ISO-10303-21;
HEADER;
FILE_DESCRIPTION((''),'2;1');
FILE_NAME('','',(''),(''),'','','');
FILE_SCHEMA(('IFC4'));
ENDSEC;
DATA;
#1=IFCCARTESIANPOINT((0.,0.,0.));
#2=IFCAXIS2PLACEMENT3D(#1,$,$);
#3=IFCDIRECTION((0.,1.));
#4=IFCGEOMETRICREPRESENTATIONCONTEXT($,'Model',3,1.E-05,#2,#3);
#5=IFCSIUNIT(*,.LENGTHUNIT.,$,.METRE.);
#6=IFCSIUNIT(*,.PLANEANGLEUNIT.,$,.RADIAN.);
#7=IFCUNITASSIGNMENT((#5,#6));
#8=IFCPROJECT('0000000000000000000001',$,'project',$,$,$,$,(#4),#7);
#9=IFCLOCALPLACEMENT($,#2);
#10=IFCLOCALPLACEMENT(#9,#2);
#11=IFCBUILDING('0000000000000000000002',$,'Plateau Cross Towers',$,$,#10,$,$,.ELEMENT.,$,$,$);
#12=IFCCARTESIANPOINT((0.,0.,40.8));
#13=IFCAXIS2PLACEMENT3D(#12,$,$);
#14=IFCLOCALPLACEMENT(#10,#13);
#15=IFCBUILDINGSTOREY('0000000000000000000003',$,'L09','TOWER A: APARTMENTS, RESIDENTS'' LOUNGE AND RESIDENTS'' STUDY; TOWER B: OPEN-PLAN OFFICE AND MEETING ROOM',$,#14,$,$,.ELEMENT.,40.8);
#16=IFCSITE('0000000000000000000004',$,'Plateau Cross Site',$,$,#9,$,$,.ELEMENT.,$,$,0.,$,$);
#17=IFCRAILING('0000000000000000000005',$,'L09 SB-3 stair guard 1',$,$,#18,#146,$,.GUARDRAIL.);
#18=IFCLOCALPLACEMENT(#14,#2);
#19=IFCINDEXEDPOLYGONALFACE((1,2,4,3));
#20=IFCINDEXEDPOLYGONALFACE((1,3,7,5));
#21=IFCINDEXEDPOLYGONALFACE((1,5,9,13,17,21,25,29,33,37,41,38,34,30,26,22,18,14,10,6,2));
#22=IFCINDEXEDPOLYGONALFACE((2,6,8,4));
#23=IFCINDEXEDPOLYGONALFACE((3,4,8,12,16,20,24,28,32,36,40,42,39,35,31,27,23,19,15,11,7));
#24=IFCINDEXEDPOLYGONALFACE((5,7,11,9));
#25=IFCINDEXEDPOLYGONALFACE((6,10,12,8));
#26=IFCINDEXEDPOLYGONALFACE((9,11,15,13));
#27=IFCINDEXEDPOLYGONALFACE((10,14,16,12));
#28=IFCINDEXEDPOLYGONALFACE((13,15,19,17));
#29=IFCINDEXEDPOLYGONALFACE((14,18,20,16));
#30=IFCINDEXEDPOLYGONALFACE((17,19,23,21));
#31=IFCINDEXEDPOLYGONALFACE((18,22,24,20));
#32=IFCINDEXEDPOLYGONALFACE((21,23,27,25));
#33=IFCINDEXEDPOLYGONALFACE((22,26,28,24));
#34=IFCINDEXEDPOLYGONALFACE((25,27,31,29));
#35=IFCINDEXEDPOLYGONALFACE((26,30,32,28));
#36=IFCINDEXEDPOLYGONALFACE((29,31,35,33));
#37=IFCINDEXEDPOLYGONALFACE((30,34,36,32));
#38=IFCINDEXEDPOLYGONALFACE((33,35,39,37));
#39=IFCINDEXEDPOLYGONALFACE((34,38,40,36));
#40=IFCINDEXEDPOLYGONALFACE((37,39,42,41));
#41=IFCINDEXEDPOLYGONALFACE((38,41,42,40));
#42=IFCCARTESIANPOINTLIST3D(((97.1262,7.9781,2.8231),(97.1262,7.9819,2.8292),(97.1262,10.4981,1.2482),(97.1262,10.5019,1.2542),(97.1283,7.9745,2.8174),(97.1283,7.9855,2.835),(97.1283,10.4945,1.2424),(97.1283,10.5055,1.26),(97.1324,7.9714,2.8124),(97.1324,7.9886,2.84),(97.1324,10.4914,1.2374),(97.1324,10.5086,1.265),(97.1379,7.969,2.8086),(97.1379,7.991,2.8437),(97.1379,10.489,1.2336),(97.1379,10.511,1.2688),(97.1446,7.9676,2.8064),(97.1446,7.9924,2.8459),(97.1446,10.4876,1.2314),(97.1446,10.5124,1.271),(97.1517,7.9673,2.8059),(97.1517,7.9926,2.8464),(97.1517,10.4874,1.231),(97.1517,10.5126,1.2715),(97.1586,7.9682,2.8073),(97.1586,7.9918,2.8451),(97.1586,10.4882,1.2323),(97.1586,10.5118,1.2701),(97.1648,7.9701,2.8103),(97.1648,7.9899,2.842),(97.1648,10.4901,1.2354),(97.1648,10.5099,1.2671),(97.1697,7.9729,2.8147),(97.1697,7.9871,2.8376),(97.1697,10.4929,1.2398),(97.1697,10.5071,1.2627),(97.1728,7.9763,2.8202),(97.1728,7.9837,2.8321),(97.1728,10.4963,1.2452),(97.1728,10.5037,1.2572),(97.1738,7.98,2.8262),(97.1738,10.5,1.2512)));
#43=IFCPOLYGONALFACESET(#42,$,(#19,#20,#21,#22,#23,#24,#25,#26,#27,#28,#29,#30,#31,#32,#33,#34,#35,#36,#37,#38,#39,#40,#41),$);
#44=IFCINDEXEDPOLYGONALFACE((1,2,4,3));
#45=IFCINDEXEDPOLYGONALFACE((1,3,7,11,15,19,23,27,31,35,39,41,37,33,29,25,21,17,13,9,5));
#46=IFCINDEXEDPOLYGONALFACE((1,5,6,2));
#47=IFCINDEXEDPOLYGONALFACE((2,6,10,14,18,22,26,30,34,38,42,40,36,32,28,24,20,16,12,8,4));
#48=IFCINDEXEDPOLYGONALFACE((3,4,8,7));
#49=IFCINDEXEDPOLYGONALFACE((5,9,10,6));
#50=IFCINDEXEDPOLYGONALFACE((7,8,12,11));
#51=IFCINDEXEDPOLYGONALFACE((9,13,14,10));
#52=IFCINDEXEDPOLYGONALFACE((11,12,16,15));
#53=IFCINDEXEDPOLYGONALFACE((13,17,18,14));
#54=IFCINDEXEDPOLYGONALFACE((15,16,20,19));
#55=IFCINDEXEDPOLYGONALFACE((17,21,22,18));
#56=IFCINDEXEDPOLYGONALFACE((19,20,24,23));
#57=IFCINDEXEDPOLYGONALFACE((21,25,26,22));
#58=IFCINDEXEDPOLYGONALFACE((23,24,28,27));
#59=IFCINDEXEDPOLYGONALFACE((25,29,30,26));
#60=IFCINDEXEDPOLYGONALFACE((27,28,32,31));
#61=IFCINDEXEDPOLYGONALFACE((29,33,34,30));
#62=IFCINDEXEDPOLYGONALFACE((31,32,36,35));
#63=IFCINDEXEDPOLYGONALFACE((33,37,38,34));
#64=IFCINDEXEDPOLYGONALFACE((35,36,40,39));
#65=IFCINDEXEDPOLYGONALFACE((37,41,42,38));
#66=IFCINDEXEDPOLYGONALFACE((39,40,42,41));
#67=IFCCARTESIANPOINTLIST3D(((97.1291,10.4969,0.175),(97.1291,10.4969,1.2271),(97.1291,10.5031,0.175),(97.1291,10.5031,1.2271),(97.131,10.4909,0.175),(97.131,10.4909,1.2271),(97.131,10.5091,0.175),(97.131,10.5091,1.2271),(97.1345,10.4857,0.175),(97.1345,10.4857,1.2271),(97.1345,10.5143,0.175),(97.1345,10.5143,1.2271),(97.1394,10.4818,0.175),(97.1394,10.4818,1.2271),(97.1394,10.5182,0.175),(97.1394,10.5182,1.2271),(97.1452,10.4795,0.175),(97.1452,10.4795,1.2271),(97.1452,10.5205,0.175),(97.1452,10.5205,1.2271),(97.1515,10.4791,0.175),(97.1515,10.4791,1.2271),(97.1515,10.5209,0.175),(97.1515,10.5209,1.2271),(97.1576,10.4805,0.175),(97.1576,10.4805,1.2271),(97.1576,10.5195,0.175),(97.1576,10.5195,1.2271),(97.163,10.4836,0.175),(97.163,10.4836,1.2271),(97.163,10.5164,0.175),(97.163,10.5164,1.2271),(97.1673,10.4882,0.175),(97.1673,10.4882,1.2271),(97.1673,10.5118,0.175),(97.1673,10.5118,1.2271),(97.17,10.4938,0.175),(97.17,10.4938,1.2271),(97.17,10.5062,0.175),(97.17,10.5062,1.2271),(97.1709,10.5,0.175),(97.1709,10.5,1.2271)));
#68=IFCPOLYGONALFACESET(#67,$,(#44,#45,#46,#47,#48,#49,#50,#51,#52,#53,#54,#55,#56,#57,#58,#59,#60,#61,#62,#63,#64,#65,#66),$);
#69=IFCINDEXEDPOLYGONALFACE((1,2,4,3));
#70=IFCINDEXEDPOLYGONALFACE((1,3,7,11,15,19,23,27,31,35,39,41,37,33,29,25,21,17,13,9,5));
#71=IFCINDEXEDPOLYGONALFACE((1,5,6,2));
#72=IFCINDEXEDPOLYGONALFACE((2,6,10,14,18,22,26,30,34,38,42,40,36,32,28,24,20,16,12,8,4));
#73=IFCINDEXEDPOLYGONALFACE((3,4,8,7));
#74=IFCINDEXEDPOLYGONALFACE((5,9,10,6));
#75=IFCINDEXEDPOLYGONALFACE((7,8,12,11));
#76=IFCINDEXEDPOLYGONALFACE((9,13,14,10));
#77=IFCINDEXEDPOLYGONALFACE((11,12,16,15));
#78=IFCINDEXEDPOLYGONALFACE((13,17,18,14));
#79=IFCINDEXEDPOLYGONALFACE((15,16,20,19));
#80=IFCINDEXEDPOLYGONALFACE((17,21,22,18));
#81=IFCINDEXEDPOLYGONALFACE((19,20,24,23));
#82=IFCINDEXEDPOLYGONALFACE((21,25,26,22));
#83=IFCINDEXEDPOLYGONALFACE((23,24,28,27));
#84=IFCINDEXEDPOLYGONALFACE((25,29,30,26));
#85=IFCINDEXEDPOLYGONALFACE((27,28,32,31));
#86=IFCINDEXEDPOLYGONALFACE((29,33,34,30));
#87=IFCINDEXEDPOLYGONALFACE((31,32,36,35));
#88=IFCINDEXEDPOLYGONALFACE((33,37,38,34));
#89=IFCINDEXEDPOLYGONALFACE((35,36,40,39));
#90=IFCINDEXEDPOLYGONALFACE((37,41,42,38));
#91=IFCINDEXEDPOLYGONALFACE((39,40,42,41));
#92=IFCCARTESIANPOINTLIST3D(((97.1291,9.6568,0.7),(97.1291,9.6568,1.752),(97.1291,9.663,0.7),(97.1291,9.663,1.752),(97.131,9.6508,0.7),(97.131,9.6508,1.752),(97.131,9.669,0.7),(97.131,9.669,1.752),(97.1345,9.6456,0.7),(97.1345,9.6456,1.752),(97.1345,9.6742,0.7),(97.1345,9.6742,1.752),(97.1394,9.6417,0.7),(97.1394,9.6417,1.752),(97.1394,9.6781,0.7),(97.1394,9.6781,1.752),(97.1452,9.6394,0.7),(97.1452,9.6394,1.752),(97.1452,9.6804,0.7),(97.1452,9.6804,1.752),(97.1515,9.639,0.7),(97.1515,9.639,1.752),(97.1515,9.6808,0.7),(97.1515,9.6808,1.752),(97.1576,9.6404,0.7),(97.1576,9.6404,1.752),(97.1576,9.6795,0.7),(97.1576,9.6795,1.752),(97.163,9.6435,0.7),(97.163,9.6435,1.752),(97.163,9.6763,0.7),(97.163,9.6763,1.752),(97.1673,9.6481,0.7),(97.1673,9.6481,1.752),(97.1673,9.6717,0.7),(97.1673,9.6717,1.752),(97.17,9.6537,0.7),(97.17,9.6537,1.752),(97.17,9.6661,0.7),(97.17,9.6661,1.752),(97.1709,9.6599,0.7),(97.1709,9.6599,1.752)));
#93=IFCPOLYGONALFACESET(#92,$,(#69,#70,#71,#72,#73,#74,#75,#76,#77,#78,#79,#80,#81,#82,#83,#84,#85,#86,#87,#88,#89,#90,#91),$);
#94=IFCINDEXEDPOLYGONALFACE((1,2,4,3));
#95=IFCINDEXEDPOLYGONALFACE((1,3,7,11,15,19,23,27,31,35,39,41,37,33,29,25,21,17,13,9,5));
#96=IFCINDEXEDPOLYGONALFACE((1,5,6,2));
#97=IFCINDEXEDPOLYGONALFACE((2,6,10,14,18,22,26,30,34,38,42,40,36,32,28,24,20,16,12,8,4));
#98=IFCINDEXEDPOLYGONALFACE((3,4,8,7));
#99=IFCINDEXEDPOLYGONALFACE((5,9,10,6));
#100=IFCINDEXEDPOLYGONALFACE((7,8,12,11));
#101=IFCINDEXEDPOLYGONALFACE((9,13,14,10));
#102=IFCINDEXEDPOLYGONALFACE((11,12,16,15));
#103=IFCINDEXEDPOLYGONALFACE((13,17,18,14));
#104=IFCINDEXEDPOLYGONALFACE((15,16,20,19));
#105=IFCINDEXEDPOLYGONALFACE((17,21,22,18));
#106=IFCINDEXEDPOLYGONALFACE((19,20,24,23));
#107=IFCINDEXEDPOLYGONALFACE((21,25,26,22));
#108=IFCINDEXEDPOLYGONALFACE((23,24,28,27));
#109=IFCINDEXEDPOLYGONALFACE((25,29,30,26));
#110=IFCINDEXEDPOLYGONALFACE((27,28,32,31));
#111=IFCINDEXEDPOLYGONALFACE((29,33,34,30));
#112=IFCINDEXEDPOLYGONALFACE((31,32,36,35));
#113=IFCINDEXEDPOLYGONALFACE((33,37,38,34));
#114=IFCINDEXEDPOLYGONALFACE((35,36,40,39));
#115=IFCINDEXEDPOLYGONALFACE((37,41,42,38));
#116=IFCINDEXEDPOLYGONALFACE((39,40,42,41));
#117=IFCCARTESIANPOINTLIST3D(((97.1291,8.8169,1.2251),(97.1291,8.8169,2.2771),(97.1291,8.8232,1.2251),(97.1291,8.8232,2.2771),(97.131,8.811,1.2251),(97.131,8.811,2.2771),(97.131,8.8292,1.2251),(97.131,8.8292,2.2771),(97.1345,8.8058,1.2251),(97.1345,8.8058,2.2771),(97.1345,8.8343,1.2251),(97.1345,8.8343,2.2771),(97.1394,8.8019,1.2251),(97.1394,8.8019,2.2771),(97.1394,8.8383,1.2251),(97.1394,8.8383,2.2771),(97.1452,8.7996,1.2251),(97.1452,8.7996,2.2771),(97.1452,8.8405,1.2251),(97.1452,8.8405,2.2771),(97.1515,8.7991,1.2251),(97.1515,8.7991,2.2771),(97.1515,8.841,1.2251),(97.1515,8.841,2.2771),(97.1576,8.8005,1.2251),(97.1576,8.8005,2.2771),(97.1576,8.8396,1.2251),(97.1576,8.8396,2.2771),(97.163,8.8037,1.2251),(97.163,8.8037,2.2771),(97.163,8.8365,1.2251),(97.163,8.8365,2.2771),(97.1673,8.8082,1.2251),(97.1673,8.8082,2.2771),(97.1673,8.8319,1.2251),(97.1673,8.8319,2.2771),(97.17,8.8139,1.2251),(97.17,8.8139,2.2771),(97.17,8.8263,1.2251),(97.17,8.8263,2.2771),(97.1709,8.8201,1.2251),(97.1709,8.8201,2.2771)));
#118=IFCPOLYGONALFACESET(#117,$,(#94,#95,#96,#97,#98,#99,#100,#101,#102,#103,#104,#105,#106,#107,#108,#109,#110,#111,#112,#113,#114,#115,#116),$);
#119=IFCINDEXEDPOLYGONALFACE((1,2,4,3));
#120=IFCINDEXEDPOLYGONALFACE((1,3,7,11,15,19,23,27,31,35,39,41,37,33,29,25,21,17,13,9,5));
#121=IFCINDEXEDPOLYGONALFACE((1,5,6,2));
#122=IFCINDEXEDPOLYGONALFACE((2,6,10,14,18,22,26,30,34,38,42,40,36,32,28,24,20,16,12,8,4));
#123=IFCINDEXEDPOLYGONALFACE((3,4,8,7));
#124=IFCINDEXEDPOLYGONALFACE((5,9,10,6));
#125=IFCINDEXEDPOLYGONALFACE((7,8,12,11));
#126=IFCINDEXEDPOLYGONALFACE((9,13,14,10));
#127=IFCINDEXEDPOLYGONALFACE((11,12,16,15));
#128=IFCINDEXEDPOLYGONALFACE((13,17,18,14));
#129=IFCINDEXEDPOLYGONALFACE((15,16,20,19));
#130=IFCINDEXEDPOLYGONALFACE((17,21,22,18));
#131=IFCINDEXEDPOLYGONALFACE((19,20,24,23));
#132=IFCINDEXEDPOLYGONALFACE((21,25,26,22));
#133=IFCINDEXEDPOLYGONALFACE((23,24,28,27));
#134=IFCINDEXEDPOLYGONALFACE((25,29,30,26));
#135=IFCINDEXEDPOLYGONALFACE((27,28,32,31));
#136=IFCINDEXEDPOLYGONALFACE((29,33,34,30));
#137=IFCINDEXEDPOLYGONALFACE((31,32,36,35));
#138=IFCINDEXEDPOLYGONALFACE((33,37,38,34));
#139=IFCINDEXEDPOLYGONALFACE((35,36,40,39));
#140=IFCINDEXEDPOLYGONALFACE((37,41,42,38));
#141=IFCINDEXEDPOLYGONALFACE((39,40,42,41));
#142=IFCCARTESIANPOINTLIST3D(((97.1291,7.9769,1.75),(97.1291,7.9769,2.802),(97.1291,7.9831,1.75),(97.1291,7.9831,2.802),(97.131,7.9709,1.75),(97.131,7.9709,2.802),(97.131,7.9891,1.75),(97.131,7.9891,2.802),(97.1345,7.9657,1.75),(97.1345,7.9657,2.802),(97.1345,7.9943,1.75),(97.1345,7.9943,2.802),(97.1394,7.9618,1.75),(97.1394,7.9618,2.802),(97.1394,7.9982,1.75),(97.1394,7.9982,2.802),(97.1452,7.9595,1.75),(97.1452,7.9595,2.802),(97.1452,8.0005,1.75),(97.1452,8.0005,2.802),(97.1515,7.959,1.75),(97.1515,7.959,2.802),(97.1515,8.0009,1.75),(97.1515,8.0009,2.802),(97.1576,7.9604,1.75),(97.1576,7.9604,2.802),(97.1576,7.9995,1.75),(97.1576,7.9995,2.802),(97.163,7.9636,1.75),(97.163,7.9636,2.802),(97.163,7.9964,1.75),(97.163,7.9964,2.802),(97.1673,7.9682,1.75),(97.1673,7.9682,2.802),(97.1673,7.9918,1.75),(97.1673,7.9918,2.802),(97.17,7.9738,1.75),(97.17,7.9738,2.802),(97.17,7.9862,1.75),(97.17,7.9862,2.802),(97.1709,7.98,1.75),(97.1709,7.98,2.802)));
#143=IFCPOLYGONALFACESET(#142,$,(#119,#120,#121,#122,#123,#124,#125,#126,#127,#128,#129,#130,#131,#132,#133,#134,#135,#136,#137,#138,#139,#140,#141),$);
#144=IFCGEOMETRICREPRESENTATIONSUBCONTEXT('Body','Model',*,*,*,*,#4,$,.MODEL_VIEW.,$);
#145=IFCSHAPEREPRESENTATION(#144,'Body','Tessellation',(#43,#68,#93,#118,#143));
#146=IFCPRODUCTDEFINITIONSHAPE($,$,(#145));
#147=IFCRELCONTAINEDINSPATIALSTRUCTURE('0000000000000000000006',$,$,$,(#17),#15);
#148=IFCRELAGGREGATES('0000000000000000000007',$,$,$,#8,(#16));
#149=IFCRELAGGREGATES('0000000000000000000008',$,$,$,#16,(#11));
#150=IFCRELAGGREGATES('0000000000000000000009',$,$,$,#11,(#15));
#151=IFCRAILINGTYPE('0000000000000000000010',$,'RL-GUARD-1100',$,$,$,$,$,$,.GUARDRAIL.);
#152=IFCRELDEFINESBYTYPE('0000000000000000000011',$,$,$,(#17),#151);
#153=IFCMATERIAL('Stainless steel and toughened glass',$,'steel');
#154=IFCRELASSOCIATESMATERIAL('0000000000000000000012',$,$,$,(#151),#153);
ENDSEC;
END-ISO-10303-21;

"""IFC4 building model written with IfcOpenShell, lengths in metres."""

from ifc_helpers import new_model, si_unit, direction, frame, origin, origin_2d, place, context, subcontext, project, spatial, circle, extrude, material, type_object, element, save


model = new_model("IFC4")

# Units and contexts
model_context = context("Model", 3, precision=1e-05, world=origin(), true_north=direction((0.0, 1.0)))
body_context = subcontext(model_context, "Body", "Model", "MODEL_VIEW")
ifc_project = project(units=[si_unit("LENGTHUNIT", "METRE"), si_unit("PLANEANGLEUNIT", "RADIAN")], contexts=[model_context])

# Site, building, storey
site_placement = place(None, origin())
site = spatial("IfcSite", under=ifc_project, at=site_placement, Name="Plateau Cross Site", CompositionType="ELEMENT", RefElevation=0.0)
building_placement = place(site_placement, origin())
building = spatial("IfcBuilding", under=site, at=building_placement, Name="Plateau Cross Towers", CompositionType="ELEMENT")
storey_placement = place(building_placement, frame((0.0, 0.0, 40.8)))
storey = spatial("IfcBuildingStorey", under=building, at=storey_placement, Name="L09", Description="TOWER A: APARTMENTS, RESIDENTS' LOUNGE AND RESIDENTS' STUDY; TOWER B: OPEN-PLAN OFFICE AND MEETING ROOM", CompositionType="ELEMENT", Elevation=40.8)

# Railing
ifc_material_1 = material(Name="Stainless steel and toughened glass", Category="steel")
railing_type_1 = type_object("IfcRailingType", Name="RL-GUARD-1100", PredefinedType="GUARDRAIL", material=ifc_material_1)
railing_1_placement = place(storey_placement, frame((97.1499, 10.5, 0.175)))
element("IfcRailing", 1, at=railing_1_placement, inside=storey, type_object=railing_type_1, Name="L09 SB-3 stair guard 1", PredefinedType="GUARDRAIL", context=body_context, shape_type="SweptSolid", body=[
    extrude(circle(Radius=0.0239, at=origin_2d()), frame((0.0, 0.0, 1.0762), z_axis=(0.0, -0.848008, 0.529984), x_axis=(1.0, 0.0, 0.0)), (0.0, 0.0, 1.0), 2.9717),
    extrude(circle(Radius=0.021, at=origin_2d()), origin(), (0.0, 0.0, 1.0), 1.052),
    extrude(circle(Radius=0.021, at=origin_2d()), frame((0.0, -0.8401, 0.5249)), (0.0, 0.0, 1.0), 1.052),
    extrude(circle(Radius=0.021, at=origin_2d()), frame((0.0, -1.6799, 1.05)), (0.0, 0.0, 1.0), 1.052),
    extrude(circle(Radius=0.021, at=origin_2d()), frame((0.0, -2.52, 1.575)), (0.0, 0.0, 1.0), 1.052),
])

save(model, "model.ifc")
